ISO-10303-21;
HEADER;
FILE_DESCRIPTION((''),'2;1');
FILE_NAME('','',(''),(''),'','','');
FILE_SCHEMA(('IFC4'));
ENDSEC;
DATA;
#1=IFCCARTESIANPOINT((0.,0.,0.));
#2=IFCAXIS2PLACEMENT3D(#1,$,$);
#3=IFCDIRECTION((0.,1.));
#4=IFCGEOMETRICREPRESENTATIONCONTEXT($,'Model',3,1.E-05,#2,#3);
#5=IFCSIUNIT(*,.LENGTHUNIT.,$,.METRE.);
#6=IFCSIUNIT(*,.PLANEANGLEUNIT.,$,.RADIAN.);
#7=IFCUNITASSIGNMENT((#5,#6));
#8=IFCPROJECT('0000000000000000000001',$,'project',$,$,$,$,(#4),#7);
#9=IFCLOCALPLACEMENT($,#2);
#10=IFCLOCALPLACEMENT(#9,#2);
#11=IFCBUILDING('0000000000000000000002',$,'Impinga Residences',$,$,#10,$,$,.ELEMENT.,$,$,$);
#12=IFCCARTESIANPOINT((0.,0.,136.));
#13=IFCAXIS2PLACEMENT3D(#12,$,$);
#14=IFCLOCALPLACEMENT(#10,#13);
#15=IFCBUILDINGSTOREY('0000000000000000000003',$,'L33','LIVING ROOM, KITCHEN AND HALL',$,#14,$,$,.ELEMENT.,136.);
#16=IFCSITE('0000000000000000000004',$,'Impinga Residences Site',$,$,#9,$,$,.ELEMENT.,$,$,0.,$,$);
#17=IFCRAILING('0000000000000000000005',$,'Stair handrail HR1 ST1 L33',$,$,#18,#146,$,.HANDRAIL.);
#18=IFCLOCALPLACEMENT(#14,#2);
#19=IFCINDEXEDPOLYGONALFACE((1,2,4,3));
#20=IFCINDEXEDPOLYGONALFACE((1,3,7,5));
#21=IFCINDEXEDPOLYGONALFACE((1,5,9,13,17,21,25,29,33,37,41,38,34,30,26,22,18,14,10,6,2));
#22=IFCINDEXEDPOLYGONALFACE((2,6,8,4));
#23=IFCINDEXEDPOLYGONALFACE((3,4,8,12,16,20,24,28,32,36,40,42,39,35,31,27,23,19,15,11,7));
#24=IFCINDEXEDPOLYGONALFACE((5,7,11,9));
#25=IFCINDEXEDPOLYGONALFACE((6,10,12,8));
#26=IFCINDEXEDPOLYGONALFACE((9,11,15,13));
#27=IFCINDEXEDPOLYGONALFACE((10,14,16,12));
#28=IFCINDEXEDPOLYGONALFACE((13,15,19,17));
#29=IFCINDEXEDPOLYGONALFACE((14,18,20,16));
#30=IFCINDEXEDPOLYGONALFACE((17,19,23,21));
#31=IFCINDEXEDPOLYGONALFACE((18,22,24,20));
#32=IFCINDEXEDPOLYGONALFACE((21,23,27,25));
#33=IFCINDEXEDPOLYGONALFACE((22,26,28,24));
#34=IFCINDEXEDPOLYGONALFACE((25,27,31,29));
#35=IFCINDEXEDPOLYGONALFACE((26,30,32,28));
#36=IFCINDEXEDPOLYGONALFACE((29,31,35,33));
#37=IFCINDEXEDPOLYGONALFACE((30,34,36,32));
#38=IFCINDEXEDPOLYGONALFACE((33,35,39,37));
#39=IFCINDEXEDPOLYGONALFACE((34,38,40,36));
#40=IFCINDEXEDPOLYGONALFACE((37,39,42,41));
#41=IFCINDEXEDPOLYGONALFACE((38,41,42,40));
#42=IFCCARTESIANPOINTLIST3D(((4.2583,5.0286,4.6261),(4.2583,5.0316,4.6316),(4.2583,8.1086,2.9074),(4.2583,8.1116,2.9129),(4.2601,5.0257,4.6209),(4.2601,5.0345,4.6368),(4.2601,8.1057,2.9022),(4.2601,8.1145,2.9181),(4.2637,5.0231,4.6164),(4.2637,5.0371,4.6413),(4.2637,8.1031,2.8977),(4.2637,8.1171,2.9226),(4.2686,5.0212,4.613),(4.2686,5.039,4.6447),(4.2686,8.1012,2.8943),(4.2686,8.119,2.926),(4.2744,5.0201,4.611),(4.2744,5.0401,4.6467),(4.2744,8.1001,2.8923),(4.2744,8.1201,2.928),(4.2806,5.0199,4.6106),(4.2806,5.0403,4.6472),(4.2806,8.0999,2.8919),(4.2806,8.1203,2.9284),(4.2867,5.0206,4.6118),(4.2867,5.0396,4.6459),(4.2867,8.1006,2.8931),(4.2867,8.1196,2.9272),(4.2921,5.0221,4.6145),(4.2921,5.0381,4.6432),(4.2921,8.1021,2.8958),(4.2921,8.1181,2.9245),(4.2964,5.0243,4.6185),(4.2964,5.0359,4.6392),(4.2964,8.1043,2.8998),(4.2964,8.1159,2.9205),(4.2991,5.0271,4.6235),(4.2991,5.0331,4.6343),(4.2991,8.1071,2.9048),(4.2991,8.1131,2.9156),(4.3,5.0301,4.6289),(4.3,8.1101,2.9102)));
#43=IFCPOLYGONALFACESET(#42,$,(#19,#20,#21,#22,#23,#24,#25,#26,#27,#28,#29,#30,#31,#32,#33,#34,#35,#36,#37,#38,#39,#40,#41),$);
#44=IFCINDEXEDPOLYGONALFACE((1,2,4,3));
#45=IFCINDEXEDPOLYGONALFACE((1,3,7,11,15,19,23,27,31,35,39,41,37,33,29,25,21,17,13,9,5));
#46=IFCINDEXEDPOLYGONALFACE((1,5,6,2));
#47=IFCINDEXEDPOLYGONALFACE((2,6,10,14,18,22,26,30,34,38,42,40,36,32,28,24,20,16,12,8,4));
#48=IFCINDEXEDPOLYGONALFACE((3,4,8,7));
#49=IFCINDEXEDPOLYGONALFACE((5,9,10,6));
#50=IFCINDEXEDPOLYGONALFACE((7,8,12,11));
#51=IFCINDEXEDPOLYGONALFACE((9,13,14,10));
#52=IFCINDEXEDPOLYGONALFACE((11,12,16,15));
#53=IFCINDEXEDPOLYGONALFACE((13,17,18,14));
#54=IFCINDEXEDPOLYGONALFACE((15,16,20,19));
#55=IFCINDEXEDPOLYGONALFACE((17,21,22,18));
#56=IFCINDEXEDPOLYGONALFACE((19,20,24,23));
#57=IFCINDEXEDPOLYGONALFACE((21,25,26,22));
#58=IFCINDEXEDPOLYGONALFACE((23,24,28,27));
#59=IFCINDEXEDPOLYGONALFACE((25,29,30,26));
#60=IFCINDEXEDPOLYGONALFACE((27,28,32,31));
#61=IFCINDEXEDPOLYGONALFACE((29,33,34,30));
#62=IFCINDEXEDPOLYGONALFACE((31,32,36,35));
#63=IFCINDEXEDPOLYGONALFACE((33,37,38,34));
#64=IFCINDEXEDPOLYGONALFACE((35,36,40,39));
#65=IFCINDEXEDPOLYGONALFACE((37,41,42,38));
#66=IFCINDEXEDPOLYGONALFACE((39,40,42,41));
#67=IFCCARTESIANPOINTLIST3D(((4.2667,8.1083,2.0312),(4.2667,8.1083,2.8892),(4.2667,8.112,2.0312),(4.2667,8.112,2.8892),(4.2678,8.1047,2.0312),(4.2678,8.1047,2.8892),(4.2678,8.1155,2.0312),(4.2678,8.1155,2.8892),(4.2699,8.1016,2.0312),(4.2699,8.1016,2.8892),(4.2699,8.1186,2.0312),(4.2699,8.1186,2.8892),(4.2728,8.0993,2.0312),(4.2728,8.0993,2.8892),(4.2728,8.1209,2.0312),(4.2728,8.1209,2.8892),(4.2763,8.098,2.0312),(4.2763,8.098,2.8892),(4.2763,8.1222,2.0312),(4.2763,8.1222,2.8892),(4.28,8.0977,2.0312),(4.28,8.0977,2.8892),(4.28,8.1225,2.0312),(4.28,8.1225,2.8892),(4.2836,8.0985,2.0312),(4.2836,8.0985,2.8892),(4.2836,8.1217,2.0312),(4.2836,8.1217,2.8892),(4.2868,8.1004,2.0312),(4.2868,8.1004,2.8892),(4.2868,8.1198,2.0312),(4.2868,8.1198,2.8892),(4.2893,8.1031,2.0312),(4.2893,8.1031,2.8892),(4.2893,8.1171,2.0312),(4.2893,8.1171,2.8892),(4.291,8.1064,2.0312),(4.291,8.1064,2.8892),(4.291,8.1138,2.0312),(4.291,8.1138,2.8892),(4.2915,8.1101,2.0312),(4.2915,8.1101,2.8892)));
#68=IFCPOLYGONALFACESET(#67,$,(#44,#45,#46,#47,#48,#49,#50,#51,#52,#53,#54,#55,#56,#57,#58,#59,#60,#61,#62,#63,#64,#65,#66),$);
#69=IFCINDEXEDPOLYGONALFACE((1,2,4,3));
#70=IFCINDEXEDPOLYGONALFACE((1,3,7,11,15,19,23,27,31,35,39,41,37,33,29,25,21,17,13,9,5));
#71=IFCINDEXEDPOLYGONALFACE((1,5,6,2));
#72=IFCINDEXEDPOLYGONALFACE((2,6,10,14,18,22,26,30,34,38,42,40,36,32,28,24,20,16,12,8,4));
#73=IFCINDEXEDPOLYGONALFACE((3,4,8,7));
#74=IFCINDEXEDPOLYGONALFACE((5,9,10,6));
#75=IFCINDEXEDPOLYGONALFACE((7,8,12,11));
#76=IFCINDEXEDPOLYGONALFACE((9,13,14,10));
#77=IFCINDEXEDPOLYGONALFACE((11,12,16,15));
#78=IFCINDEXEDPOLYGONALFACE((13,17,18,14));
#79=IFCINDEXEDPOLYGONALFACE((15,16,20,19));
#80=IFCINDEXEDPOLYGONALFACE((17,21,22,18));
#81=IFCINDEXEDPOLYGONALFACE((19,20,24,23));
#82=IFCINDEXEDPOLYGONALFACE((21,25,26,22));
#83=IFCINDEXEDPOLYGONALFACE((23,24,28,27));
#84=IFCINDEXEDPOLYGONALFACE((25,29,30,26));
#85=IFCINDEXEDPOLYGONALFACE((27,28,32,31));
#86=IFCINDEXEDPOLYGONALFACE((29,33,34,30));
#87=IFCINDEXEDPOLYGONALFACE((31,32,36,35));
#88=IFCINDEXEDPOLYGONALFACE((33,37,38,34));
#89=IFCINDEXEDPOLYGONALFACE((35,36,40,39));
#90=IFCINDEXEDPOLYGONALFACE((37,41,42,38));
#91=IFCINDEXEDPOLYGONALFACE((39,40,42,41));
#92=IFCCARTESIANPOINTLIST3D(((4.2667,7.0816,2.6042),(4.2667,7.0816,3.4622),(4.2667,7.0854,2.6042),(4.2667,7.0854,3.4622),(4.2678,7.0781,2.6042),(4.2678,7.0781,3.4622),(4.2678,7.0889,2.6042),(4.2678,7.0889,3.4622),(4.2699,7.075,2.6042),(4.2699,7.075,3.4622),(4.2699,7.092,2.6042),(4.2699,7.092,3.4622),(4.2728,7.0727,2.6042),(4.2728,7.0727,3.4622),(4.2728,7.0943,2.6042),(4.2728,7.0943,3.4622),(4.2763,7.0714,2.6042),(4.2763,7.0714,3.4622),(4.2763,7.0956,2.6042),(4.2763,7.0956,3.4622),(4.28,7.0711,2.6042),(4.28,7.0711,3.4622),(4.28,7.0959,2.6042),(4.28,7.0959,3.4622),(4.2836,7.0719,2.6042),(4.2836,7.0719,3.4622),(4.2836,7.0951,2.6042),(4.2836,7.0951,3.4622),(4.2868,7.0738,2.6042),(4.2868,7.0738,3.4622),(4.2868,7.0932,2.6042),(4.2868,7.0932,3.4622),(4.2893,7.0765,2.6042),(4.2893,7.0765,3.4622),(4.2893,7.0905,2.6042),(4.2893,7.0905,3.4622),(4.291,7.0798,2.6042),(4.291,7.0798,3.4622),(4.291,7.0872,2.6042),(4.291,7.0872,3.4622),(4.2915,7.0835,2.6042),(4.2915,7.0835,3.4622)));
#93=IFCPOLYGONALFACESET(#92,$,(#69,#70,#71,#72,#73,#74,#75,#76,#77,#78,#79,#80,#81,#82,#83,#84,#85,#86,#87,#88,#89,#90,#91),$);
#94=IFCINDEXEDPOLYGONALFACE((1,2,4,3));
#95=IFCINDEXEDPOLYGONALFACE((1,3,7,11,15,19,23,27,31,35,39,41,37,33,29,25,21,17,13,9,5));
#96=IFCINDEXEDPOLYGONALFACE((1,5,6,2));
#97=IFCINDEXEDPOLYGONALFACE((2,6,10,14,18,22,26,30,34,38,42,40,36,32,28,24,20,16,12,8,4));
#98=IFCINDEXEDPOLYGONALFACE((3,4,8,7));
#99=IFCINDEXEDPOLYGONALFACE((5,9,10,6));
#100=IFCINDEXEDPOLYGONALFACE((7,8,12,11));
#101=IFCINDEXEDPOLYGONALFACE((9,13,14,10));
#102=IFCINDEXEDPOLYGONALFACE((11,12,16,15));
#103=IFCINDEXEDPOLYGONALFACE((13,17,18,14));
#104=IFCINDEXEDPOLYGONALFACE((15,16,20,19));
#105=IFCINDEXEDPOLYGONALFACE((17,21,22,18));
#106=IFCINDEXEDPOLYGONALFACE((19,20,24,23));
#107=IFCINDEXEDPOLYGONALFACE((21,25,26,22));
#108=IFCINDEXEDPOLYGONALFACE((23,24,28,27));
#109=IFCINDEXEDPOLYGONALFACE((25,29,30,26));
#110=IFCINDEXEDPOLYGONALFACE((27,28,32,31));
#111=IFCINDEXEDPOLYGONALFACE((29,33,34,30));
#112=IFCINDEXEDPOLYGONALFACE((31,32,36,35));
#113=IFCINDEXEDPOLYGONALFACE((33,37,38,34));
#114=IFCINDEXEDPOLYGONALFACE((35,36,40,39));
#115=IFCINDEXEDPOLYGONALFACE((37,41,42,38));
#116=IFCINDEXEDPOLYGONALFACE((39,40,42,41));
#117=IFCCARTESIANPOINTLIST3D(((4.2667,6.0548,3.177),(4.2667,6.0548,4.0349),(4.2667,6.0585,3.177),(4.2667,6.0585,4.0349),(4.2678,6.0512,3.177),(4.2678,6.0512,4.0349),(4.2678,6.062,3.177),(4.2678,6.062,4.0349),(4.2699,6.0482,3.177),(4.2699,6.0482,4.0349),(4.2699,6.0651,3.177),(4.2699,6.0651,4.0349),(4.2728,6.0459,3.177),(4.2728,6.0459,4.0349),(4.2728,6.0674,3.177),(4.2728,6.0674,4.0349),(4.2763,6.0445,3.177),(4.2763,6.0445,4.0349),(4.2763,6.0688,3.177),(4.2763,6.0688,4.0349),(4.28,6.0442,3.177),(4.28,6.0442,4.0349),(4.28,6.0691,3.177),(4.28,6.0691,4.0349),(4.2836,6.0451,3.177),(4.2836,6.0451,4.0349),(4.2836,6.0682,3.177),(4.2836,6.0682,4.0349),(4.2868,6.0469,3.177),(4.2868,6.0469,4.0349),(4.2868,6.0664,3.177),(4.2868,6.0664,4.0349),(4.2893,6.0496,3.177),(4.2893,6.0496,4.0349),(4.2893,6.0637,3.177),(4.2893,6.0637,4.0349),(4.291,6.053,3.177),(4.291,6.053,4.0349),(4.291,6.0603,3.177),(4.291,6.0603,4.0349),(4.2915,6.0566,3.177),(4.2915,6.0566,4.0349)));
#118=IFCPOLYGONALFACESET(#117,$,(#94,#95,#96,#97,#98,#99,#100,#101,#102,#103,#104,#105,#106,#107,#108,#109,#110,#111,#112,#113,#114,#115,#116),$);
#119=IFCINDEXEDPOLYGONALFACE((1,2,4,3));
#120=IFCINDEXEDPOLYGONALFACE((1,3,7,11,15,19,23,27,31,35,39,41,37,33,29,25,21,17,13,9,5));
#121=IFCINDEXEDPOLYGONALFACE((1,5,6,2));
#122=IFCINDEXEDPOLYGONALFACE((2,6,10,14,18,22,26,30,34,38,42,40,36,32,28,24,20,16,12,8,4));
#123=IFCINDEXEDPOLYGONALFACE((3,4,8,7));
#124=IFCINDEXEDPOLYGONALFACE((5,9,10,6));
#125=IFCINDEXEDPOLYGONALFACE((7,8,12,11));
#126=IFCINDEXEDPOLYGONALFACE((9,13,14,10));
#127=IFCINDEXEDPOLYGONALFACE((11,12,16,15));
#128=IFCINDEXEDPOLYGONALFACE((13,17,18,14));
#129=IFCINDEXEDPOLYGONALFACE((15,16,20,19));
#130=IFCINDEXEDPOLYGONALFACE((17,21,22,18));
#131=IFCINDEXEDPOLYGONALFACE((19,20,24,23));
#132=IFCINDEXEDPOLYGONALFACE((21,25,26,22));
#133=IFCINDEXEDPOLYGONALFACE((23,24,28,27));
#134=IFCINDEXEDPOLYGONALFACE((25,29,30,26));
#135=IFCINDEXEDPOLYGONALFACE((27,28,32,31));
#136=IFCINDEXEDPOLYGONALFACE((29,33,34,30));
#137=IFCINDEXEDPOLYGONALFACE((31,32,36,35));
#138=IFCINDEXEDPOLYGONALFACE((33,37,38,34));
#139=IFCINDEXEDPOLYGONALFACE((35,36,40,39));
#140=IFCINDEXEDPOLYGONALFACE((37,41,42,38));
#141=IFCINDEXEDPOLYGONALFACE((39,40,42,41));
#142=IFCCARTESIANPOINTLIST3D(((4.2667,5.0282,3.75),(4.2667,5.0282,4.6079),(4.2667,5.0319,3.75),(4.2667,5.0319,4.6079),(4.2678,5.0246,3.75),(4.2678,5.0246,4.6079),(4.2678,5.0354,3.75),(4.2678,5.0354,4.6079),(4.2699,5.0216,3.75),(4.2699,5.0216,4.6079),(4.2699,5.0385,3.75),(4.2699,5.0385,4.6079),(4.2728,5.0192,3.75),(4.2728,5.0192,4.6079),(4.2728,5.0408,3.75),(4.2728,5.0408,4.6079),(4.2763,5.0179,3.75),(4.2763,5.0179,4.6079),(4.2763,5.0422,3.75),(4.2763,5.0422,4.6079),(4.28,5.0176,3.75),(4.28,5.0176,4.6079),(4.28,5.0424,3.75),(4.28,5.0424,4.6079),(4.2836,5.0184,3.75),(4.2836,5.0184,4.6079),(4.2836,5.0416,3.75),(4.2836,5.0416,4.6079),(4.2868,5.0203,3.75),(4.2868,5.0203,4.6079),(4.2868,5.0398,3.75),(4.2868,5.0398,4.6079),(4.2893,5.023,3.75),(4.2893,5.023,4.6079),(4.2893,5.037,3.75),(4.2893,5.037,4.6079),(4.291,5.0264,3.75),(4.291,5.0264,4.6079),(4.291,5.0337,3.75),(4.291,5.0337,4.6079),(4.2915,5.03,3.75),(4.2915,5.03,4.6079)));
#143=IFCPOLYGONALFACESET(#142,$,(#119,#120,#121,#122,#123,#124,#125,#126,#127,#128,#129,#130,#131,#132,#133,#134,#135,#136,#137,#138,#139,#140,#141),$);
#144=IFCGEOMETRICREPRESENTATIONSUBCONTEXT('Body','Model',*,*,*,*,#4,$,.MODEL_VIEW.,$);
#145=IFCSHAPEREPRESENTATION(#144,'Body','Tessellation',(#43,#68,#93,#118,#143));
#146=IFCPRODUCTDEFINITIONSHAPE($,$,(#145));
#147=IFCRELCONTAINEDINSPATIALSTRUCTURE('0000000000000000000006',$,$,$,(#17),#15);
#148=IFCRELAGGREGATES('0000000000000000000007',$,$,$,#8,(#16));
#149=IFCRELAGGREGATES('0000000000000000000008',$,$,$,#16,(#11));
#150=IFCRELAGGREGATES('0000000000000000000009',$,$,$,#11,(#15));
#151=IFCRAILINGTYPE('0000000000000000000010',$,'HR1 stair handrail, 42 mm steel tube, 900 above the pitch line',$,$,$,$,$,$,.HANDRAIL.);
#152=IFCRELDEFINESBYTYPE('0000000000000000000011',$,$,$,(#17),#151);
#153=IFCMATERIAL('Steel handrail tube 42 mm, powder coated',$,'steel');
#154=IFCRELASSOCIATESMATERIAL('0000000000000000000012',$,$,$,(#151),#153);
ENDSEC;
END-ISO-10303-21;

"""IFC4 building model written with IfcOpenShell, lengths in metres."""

from ifc_helpers import new_model, si_unit, direction, frame, origin, origin_2d, place, context, subcontext, project, spatial, circle, extrude, material, type_object, element, save


model = new_model("IFC4")

# Units and contexts
model_context = context("Model", 3, precision=1e-05, world=origin(), true_north=direction((0.0, 1.0)))
body_context = subcontext(model_context, "Body", "Model", "MODEL_VIEW")
ifc_project = project(units=[si_unit("LENGTHUNIT", "METRE"), si_unit("PLANEANGLEUNIT", "RADIAN")], contexts=[model_context])

# Site, building, storey
site_placement = place(None, origin())
site = spatial("IfcSite", under=ifc_project, at=site_placement, Name="Impinga Residences Site", CompositionType="ELEMENT", RefElevation=0.0)
building_placement = place(site_placement, origin())
building = spatial("IfcBuilding", under=site, at=building_placement, Name="Impinga Residences", CompositionType="ELEMENT")
storey_placement = place(building_placement, frame((0.0, 0.0, 136.0)))
storey = spatial("IfcBuildingStorey", under=building, at=storey_placement, Name="L33", Description="LIVING ROOM, KITCHEN AND HALL", CompositionType="ELEMENT", Elevation=136.0)

# Railing
ifc_material_1 = material(Name="Steel handrail tube 42 mm, powder coated", Category="steel")
railing_type_1 = type_object("IfcRailingType", Name="HR1 stair handrail, 42 mm steel tube, 900 above the pitch line", PredefinedType="HANDRAIL", material=ifc_material_1)
railing_1_placement = place(storey_placement, frame((4.2791, 8.1101, 2.0312)))
element("IfcRailing", 1, at=railing_1_placement, inside=storey, type_object=railing_type_1, Name="Stair handrail HR1 ST1 L33", PredefinedType="HANDRAIL", context=body_context, shape_type="SweptSolid", body=[
    extrude(circle(Radius=0.021, at=origin_2d()), frame((0.0, 0.0, 0.8789), z_axis=(0.0, -0.873242, 0.487288), x_axis=(1.0, 0.0, 0.0)), (0.0, 0.0, 1.0), 3.5271),
    extrude(circle(Radius=0.0125, at=origin_2d()), origin(), (0.0, 0.0, 1.0), 0.8579),
    extrude(circle(Radius=0.0125, at=origin_2d()), frame((0.0, -1.0266, 0.573)), (0.0, 0.0, 1.0), 0.8579),
    extrude(circle(Radius=0.0125, at=origin_2d()), frame((0.0, -2.0535, 1.1458)), (0.0, 0.0, 1.0), 0.8579),
    extrude(circle(Radius=0.0125, at=origin_2d()), frame((0.0, -3.0801, 1.7188)), (0.0, 0.0, 1.0), 0.8579),
])

save(model, "model.ifc")
